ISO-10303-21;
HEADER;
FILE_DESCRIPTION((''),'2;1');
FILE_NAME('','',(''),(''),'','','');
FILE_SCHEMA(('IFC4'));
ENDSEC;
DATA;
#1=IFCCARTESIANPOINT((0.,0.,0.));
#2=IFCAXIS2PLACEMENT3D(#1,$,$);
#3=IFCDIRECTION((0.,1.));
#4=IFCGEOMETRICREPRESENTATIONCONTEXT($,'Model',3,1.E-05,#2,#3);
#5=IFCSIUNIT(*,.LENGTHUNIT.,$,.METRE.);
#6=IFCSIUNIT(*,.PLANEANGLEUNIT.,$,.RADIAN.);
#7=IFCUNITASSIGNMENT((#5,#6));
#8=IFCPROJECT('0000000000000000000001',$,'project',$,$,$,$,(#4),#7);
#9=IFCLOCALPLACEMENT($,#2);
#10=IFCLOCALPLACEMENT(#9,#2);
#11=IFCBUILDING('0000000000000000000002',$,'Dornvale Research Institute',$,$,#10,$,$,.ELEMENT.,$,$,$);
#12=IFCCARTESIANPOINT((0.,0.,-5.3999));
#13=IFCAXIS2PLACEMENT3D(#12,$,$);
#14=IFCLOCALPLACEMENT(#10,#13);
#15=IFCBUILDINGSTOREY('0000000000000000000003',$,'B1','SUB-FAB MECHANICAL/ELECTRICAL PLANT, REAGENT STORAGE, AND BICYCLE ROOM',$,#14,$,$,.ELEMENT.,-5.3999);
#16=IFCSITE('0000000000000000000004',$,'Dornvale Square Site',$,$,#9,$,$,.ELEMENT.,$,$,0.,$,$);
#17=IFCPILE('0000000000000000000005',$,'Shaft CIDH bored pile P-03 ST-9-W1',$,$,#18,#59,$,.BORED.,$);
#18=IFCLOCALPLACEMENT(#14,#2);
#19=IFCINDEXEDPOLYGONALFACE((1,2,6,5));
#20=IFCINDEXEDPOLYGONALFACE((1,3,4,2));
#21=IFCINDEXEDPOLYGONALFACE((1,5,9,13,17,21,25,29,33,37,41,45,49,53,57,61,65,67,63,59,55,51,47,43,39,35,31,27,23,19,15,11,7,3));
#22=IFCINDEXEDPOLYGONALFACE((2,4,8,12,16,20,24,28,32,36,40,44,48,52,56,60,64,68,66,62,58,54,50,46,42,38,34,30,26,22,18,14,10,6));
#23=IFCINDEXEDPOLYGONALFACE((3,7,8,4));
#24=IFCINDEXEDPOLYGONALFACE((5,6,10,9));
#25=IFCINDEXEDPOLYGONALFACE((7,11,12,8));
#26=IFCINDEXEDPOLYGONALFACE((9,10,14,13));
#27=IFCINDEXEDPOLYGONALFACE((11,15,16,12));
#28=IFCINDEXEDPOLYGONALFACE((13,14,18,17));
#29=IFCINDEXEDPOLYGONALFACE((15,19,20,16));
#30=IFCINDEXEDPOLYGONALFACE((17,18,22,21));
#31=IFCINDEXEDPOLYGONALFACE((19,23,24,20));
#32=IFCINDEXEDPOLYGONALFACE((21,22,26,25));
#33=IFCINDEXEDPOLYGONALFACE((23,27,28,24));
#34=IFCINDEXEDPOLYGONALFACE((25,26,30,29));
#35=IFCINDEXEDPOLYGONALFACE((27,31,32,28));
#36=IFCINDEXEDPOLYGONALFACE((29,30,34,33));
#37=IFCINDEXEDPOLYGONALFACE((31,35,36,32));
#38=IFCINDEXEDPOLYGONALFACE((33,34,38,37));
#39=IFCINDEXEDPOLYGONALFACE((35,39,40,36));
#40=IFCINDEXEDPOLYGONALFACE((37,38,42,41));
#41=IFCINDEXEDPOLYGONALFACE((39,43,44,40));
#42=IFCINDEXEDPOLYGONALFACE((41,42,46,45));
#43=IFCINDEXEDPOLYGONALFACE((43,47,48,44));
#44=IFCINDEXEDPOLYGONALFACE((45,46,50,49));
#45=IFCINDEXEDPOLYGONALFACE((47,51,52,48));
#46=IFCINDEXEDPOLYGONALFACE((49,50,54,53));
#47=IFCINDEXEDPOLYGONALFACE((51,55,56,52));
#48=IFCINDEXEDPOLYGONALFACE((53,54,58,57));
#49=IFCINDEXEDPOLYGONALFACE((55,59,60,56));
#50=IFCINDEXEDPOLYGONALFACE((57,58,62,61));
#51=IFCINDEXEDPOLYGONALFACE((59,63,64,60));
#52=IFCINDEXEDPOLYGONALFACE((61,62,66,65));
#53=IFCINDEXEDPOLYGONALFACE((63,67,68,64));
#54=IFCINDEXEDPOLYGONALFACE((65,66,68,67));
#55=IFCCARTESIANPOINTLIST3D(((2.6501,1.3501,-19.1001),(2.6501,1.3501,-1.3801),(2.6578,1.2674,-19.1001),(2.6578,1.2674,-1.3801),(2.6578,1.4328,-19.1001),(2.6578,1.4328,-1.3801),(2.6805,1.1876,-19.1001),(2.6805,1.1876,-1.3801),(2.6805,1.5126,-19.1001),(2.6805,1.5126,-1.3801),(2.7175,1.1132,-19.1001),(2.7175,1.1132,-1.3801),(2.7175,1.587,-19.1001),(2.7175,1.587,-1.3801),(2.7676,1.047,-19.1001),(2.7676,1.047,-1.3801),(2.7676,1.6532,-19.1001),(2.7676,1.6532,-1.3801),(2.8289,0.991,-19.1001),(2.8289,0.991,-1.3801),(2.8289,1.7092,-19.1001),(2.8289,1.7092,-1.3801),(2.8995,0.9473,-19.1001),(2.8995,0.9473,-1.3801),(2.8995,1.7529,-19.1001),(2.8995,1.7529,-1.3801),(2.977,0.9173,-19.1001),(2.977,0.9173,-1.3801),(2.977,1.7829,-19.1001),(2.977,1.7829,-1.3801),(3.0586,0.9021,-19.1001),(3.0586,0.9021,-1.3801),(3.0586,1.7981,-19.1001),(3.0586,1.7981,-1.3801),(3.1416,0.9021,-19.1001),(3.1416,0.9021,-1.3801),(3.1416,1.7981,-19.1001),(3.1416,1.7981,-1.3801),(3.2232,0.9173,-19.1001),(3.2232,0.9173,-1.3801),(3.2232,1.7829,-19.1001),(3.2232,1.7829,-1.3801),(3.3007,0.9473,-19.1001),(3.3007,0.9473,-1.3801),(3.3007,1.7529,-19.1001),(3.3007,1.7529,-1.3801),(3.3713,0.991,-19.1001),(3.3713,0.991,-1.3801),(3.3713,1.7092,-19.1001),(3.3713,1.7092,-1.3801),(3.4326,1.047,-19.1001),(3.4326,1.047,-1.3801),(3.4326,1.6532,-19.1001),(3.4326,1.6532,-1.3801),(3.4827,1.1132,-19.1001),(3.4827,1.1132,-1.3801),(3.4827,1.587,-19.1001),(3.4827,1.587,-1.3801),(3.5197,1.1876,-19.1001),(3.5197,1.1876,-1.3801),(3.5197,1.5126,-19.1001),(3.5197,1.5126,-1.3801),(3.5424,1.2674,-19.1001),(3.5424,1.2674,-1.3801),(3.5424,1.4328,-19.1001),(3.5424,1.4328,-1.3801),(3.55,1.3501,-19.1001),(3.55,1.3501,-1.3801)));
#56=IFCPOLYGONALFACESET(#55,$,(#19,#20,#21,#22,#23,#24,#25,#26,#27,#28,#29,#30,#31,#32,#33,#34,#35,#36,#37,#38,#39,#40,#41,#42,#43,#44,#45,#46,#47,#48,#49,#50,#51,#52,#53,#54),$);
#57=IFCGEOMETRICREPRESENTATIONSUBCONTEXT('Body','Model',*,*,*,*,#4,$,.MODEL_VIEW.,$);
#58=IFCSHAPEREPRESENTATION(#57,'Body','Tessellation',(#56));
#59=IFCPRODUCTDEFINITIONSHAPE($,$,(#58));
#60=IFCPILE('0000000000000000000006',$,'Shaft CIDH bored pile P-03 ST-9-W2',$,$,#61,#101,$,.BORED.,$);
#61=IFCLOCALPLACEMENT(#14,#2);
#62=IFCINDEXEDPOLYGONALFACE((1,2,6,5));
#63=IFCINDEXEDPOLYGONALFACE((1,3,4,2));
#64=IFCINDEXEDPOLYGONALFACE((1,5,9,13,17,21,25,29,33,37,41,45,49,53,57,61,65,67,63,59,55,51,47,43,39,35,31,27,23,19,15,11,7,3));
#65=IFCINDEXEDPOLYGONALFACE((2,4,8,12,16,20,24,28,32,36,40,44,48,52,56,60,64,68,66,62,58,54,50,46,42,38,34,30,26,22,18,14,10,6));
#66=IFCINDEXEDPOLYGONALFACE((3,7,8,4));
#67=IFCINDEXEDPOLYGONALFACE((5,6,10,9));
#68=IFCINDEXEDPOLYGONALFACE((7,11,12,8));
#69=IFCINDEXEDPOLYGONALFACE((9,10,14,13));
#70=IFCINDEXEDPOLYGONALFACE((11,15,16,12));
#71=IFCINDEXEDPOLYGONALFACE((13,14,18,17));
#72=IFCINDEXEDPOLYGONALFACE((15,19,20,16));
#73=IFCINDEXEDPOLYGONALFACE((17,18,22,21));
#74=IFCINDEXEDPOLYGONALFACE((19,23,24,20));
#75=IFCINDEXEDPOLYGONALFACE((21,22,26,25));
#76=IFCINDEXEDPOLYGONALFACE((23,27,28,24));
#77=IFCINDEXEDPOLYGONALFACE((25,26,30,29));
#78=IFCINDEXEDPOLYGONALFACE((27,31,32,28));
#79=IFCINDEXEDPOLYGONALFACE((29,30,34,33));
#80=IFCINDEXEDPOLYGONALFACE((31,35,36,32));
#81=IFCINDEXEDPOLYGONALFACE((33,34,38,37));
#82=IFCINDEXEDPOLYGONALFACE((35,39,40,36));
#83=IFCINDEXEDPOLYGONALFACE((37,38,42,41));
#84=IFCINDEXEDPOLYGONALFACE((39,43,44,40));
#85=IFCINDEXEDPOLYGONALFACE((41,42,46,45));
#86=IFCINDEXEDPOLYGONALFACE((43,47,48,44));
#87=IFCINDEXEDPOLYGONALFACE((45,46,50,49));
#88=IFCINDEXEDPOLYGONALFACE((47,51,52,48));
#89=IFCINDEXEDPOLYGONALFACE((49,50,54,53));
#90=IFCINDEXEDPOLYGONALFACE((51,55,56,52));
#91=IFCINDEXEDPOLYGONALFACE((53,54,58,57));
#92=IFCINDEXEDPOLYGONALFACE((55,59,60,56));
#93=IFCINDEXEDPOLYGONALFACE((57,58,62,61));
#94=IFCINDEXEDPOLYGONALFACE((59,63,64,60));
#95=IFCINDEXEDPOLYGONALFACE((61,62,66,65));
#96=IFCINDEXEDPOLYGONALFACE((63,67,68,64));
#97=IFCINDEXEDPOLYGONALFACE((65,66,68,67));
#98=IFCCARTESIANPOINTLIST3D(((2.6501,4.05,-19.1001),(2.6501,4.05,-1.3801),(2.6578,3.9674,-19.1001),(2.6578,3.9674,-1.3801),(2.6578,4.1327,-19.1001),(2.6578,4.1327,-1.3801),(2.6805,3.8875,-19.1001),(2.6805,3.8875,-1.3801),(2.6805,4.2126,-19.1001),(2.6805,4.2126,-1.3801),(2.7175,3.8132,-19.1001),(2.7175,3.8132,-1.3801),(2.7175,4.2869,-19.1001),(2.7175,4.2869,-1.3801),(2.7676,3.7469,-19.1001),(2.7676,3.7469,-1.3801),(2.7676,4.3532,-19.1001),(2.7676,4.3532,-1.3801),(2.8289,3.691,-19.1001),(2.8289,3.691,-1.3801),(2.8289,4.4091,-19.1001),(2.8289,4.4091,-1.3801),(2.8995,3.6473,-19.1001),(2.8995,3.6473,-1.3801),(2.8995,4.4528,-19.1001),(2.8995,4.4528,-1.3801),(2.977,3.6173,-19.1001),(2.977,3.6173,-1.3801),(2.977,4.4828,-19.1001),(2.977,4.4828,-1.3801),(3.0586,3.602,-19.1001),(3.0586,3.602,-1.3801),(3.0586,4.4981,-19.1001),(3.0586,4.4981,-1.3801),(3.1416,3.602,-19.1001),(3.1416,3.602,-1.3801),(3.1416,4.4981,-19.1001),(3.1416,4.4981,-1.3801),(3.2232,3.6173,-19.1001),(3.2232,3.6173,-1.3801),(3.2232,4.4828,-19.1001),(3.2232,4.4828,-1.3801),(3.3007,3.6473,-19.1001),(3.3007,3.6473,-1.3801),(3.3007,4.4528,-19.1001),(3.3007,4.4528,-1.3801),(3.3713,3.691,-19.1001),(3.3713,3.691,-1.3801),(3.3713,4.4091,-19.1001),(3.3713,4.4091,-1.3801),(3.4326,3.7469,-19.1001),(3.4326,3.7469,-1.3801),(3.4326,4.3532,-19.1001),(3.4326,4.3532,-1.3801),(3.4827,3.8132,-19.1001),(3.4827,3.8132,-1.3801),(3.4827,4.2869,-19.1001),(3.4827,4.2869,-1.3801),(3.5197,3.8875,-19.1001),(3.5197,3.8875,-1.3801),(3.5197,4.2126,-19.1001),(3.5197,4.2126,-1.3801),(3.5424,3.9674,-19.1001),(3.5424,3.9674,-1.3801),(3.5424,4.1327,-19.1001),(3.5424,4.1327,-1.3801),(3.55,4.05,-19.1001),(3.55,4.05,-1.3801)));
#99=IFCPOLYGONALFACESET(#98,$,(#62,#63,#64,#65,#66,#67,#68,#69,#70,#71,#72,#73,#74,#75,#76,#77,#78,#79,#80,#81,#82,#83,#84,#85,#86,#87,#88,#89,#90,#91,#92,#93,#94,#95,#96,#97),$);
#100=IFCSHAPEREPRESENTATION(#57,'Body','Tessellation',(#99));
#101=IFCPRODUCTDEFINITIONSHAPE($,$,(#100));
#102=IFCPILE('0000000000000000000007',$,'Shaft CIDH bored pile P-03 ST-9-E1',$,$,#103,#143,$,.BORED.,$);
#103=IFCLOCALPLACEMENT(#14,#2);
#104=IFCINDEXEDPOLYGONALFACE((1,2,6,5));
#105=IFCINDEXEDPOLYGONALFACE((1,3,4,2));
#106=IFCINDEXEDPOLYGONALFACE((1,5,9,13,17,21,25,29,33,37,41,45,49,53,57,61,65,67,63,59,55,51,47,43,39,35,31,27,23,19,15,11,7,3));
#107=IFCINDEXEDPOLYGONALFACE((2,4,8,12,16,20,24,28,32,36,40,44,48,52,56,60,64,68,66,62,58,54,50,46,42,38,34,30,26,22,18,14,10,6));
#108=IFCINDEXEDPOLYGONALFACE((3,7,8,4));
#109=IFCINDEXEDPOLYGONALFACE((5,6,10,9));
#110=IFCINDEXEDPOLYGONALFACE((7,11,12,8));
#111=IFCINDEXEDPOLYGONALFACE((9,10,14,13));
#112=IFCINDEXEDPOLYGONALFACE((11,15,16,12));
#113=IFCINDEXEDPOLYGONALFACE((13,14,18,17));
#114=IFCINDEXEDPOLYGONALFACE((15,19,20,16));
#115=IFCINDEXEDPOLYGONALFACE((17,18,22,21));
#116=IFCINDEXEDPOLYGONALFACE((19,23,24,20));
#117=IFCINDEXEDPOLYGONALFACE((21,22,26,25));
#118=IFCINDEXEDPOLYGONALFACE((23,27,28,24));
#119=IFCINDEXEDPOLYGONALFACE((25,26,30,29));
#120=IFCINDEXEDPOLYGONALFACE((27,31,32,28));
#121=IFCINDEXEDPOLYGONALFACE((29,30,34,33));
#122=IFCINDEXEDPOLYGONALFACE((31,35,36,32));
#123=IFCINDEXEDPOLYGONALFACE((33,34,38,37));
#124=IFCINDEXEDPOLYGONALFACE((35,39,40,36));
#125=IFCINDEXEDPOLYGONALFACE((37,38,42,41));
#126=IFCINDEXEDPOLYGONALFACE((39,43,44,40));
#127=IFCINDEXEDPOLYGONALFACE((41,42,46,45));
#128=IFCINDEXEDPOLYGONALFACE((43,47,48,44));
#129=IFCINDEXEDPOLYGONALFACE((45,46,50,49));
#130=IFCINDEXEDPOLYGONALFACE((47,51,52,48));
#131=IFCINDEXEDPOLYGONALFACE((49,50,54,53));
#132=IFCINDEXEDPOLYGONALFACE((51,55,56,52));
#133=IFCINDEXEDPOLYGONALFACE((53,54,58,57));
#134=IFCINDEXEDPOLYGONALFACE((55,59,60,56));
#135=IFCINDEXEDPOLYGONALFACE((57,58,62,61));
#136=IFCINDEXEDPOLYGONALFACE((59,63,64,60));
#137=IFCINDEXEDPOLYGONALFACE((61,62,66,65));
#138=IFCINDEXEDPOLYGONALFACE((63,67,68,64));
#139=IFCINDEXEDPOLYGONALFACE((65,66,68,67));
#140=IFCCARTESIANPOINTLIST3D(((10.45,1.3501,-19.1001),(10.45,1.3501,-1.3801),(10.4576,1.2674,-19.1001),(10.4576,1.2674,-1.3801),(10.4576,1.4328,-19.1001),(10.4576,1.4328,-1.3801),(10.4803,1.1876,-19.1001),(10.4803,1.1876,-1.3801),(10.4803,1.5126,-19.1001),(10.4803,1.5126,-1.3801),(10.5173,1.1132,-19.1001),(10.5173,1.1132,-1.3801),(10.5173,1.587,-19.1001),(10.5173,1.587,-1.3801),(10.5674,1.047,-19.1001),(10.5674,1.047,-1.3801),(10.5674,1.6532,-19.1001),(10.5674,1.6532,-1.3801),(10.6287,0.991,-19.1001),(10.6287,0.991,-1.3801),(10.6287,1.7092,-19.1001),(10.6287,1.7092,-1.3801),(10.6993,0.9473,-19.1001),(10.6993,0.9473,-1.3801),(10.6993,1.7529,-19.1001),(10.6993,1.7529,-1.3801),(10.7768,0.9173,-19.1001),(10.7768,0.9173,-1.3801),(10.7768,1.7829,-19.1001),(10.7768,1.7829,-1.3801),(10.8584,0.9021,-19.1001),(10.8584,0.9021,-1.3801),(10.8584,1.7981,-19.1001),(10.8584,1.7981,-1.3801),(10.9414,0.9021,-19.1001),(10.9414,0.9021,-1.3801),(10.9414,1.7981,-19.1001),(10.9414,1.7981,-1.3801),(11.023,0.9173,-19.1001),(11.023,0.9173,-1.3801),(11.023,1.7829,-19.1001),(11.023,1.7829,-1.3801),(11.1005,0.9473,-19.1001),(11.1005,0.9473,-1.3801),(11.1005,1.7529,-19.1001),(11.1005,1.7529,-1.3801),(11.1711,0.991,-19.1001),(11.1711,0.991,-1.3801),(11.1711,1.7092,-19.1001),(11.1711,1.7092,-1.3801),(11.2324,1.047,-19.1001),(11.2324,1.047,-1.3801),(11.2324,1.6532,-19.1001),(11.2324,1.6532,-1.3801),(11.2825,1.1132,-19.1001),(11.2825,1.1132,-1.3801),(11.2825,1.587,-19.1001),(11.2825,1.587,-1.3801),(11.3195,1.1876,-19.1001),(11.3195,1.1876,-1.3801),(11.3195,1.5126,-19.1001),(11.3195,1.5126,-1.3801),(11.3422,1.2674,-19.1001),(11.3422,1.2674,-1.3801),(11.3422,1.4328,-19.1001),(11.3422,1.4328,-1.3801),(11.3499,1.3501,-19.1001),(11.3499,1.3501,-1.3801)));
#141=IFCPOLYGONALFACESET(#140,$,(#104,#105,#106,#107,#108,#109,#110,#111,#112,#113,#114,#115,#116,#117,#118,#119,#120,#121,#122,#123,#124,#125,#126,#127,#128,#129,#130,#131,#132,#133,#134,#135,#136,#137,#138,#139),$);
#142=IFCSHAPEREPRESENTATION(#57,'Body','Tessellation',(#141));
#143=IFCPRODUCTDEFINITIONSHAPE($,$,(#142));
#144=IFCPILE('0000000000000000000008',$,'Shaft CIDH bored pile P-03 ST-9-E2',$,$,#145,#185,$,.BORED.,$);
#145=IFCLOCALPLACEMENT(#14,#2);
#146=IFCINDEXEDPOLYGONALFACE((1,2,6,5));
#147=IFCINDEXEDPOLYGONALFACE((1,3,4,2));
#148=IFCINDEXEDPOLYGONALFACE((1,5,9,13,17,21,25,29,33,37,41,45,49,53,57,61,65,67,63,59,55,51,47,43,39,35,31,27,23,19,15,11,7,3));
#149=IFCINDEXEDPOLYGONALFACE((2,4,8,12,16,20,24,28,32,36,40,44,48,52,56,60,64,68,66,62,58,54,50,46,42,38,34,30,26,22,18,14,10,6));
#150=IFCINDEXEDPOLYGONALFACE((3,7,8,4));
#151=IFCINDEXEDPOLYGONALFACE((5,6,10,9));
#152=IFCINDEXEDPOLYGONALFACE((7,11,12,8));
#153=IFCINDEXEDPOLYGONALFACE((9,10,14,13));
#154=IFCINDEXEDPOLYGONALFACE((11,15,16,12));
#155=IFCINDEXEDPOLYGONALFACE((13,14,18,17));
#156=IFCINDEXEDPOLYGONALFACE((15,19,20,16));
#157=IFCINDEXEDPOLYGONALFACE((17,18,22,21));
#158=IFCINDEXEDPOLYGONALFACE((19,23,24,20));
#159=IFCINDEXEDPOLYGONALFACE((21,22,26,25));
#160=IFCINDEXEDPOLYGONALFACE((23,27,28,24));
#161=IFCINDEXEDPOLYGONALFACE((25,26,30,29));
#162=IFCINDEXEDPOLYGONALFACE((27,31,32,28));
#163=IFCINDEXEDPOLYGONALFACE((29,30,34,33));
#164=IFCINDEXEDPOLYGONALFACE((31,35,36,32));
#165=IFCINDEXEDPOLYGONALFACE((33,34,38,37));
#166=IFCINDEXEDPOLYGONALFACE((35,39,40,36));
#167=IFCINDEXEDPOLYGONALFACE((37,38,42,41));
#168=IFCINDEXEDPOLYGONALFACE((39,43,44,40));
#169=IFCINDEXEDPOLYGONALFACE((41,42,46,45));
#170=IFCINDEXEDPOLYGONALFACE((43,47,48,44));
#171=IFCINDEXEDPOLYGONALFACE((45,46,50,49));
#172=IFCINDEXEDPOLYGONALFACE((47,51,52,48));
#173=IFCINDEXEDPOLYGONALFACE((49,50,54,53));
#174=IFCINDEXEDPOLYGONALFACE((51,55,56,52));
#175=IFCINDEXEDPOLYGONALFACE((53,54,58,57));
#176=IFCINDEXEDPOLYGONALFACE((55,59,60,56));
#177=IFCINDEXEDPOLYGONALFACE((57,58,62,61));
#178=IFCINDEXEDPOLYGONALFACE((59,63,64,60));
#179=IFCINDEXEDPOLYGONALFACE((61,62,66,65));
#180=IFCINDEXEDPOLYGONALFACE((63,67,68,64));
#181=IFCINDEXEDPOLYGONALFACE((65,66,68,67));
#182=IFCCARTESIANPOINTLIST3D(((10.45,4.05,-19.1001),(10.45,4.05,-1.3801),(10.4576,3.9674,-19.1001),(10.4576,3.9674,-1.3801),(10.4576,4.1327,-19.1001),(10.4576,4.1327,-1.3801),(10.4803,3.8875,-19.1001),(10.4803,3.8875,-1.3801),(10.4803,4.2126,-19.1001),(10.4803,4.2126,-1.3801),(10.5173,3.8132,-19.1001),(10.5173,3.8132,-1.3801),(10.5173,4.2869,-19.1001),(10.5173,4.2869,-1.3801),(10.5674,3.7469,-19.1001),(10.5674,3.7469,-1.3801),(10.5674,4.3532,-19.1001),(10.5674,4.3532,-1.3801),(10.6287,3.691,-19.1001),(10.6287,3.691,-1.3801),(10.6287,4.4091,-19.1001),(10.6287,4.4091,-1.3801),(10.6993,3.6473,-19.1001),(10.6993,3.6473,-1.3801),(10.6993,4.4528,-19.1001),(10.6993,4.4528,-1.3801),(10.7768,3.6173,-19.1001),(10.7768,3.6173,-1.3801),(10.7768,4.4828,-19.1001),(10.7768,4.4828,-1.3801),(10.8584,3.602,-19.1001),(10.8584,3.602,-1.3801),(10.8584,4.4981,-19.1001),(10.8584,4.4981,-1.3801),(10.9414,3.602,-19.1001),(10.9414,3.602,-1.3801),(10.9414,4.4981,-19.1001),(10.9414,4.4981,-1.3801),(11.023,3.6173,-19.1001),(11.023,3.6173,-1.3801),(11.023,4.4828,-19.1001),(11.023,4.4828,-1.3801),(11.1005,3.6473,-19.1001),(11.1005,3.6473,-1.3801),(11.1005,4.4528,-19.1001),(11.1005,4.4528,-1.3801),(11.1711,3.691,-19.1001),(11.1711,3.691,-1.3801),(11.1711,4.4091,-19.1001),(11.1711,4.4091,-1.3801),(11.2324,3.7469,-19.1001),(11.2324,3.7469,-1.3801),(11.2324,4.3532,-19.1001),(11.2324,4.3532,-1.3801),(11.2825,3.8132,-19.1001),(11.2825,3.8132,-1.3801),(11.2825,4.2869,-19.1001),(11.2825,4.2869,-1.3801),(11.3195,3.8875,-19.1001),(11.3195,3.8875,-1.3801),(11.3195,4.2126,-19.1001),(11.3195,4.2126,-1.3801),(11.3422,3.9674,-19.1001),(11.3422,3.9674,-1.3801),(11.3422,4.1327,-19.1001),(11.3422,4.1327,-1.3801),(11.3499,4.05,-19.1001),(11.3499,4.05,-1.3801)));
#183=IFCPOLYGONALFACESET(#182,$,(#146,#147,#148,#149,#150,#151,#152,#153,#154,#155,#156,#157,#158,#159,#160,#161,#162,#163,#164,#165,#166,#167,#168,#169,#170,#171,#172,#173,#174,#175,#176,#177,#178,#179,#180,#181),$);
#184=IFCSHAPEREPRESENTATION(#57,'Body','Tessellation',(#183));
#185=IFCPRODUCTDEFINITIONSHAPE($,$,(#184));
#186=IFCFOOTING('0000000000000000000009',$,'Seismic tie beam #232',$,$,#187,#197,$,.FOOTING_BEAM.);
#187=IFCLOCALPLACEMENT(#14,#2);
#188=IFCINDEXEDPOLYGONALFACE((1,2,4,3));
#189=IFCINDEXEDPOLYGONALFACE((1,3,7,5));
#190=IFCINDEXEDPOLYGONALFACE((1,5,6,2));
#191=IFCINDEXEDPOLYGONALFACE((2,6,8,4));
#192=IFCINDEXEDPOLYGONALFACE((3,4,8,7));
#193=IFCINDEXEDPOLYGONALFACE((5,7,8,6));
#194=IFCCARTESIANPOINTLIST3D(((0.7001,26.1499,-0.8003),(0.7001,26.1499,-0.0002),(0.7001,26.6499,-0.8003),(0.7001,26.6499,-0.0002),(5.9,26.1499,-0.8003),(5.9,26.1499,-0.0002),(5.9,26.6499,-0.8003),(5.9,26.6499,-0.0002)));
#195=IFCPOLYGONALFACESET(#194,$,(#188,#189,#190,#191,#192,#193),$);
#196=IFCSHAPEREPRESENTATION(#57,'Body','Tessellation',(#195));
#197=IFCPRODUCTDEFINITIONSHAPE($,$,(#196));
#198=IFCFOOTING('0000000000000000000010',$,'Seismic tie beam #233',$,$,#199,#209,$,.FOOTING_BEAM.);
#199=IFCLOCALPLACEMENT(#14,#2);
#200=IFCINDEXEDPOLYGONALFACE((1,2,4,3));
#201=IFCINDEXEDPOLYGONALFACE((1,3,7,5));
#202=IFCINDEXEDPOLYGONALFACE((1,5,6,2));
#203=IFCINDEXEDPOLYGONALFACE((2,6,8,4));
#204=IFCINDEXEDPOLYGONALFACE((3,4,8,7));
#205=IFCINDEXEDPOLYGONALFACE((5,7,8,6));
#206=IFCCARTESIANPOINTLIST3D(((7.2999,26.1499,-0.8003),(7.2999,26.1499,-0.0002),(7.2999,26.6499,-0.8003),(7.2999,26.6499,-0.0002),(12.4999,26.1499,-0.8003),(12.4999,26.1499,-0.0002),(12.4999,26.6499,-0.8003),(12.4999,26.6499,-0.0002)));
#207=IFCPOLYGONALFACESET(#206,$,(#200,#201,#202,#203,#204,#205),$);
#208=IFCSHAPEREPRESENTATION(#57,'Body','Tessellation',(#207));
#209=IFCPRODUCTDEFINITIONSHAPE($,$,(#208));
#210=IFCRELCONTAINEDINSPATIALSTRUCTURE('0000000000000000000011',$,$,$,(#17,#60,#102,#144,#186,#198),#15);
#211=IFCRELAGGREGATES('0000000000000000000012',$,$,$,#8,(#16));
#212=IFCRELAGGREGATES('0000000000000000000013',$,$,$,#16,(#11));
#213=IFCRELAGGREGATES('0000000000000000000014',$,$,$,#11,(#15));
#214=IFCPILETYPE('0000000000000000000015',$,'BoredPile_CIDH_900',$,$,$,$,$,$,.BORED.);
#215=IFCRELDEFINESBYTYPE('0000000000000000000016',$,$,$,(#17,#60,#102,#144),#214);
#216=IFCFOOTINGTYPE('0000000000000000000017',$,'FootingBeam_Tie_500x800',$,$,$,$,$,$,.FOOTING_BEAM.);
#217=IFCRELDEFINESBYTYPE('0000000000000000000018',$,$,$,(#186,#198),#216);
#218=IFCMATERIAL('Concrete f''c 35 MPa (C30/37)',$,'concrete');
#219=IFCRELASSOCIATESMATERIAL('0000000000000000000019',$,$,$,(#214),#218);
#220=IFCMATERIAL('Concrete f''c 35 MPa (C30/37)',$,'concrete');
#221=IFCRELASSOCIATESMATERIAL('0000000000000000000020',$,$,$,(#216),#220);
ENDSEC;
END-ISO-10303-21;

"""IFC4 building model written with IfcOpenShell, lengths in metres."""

from ifc_helpers import new_model, si_unit, direction, frame, origin, origin_2d, place, context, subcontext, project, spatial, rectangle, circle, extrude, material, material_profile, profile_set, type_object, element, save


model = new_model("IFC4")

# Units and contexts
model_context = context("Model", 3, precision=1e-05, world=origin(), true_north=direction((0.0, 1.0)))
body_context = subcontext(model_context, "Body", "Model", "MODEL_VIEW")
ifc_project = project(units=[si_unit("LENGTHUNIT", "METRE"), si_unit("PLANEANGLEUNIT", "RADIAN")], contexts=[model_context])

# Site, building, storey
site_placement = place(None, origin())
site = spatial("IfcSite", under=ifc_project, at=site_placement, Name="Dornvale Square Site", CompositionType="ELEMENT", RefElevation=0.0)
building_placement = place(site_placement, origin())
building = spatial("IfcBuilding", under=site, at=building_placement, Name="Dornvale Research Institute", CompositionType="ELEMENT")
storey_placement = place(building_placement, frame((0.0, 0.0, -5.3999)))
storey = spatial("IfcBuildingStorey", under=building, at=storey_placement, Name="B1", Description="SUB-FAB MECHANICAL/ELECTRICAL PLANT, REAGENT STORAGE, AND BICYCLE ROOM", CompositionType="ELEMENT", Elevation=-5.3999)

# Piles
ifc_material_1 = material(Name="Concrete f'c 35 MPa (C30/37)", Category="concrete")
ifc_material_profile_1 = material_profile(ifc_material_1, circle(Radius=0.45, at=origin_2d()), Name="CIDH PILE D900")
ifc_profile_set_1 = profile_set([ifc_material_profile_1], Name="Concrete f'c 35 MPa (C30/37)")
pile_type = type_object("IfcPileType", Name="BoredPile_CIDH_900", PredefinedType="BORED", material=ifc_profile_set_1)
for number, where, z_axis, x_axis, name in (
    (1, (3.1001, 1.3501, -1.3801), (0.0, 0.0, -1.0), (1.0, 0.0, 0.0), "Shaft CIDH bored pile P-03 ST-9-W1"),
    (2, (3.1001, 4.05, -1.3801), (0.0, 0.0, -1.0), (1.0, 0.0, 0.0), "Shaft CIDH bored pile P-03 ST-9-W2"),
    (3, (10.8999, 1.3501, -1.3801), (0.0, 0.0, -1.0), (1.0, 0.0, 0.0), "Shaft CIDH bored pile P-03 ST-9-E1"),
    (4, (10.8999, 4.05, -1.3801), (0.0, 0.0, -1.0), (1.0, 0.0, 0.0), "Shaft CIDH bored pile P-03 ST-9-E2"),
):
    element("IfcPile", number, at=place(storey_placement, frame(where, z_axis=z_axis, x_axis=x_axis)), inside=storey, type_object=pile_type, Name=name, PredefinedType="BORED", context=body_context, shape_type="SweptSolid", body=[
        extrude(circle(Radius=0.45, at=origin_2d()), origin(), (0.0, 0.0, 1.0), 17.72),
    ])

# Footings
ifc_material_2 = material(Name="Concrete f'c 35 MPa (C30/37)", Category="concrete")
footing_type_1 = type_object("IfcFootingType", Name="FootingBeam_Tie_500x800", PredefinedType="FOOTING_BEAM", material=ifc_material_2)
for number, where, z_axis, x_axis, name in (
    (5, (3.3, 26.3999, -0.8003), (0.0, 0.0, 1.0), (1.0, 0.0, 0.0), "Seismic tie beam #232"),
    (6, (9.8999, 26.3999, -0.8003), (0.0, 0.0, 1.0), (1.0, 0.0, 0.0), "Seismic tie beam #233"),
):
    element("IfcFooting", number, at=place(storey_placement, frame(where, z_axis=z_axis, x_axis=x_axis)), inside=storey, type_object=footing_type_1, Name=name, PredefinedType="FOOTING_BEAM", context=body_context, shape_type="SweptSolid", body=[
        extrude(rectangle(XDim=5.2, YDim=0.5, at=origin_2d()), origin(), (0.0, 0.0, 1.0), 0.8),
    ])

save(model, "model.ifc")
